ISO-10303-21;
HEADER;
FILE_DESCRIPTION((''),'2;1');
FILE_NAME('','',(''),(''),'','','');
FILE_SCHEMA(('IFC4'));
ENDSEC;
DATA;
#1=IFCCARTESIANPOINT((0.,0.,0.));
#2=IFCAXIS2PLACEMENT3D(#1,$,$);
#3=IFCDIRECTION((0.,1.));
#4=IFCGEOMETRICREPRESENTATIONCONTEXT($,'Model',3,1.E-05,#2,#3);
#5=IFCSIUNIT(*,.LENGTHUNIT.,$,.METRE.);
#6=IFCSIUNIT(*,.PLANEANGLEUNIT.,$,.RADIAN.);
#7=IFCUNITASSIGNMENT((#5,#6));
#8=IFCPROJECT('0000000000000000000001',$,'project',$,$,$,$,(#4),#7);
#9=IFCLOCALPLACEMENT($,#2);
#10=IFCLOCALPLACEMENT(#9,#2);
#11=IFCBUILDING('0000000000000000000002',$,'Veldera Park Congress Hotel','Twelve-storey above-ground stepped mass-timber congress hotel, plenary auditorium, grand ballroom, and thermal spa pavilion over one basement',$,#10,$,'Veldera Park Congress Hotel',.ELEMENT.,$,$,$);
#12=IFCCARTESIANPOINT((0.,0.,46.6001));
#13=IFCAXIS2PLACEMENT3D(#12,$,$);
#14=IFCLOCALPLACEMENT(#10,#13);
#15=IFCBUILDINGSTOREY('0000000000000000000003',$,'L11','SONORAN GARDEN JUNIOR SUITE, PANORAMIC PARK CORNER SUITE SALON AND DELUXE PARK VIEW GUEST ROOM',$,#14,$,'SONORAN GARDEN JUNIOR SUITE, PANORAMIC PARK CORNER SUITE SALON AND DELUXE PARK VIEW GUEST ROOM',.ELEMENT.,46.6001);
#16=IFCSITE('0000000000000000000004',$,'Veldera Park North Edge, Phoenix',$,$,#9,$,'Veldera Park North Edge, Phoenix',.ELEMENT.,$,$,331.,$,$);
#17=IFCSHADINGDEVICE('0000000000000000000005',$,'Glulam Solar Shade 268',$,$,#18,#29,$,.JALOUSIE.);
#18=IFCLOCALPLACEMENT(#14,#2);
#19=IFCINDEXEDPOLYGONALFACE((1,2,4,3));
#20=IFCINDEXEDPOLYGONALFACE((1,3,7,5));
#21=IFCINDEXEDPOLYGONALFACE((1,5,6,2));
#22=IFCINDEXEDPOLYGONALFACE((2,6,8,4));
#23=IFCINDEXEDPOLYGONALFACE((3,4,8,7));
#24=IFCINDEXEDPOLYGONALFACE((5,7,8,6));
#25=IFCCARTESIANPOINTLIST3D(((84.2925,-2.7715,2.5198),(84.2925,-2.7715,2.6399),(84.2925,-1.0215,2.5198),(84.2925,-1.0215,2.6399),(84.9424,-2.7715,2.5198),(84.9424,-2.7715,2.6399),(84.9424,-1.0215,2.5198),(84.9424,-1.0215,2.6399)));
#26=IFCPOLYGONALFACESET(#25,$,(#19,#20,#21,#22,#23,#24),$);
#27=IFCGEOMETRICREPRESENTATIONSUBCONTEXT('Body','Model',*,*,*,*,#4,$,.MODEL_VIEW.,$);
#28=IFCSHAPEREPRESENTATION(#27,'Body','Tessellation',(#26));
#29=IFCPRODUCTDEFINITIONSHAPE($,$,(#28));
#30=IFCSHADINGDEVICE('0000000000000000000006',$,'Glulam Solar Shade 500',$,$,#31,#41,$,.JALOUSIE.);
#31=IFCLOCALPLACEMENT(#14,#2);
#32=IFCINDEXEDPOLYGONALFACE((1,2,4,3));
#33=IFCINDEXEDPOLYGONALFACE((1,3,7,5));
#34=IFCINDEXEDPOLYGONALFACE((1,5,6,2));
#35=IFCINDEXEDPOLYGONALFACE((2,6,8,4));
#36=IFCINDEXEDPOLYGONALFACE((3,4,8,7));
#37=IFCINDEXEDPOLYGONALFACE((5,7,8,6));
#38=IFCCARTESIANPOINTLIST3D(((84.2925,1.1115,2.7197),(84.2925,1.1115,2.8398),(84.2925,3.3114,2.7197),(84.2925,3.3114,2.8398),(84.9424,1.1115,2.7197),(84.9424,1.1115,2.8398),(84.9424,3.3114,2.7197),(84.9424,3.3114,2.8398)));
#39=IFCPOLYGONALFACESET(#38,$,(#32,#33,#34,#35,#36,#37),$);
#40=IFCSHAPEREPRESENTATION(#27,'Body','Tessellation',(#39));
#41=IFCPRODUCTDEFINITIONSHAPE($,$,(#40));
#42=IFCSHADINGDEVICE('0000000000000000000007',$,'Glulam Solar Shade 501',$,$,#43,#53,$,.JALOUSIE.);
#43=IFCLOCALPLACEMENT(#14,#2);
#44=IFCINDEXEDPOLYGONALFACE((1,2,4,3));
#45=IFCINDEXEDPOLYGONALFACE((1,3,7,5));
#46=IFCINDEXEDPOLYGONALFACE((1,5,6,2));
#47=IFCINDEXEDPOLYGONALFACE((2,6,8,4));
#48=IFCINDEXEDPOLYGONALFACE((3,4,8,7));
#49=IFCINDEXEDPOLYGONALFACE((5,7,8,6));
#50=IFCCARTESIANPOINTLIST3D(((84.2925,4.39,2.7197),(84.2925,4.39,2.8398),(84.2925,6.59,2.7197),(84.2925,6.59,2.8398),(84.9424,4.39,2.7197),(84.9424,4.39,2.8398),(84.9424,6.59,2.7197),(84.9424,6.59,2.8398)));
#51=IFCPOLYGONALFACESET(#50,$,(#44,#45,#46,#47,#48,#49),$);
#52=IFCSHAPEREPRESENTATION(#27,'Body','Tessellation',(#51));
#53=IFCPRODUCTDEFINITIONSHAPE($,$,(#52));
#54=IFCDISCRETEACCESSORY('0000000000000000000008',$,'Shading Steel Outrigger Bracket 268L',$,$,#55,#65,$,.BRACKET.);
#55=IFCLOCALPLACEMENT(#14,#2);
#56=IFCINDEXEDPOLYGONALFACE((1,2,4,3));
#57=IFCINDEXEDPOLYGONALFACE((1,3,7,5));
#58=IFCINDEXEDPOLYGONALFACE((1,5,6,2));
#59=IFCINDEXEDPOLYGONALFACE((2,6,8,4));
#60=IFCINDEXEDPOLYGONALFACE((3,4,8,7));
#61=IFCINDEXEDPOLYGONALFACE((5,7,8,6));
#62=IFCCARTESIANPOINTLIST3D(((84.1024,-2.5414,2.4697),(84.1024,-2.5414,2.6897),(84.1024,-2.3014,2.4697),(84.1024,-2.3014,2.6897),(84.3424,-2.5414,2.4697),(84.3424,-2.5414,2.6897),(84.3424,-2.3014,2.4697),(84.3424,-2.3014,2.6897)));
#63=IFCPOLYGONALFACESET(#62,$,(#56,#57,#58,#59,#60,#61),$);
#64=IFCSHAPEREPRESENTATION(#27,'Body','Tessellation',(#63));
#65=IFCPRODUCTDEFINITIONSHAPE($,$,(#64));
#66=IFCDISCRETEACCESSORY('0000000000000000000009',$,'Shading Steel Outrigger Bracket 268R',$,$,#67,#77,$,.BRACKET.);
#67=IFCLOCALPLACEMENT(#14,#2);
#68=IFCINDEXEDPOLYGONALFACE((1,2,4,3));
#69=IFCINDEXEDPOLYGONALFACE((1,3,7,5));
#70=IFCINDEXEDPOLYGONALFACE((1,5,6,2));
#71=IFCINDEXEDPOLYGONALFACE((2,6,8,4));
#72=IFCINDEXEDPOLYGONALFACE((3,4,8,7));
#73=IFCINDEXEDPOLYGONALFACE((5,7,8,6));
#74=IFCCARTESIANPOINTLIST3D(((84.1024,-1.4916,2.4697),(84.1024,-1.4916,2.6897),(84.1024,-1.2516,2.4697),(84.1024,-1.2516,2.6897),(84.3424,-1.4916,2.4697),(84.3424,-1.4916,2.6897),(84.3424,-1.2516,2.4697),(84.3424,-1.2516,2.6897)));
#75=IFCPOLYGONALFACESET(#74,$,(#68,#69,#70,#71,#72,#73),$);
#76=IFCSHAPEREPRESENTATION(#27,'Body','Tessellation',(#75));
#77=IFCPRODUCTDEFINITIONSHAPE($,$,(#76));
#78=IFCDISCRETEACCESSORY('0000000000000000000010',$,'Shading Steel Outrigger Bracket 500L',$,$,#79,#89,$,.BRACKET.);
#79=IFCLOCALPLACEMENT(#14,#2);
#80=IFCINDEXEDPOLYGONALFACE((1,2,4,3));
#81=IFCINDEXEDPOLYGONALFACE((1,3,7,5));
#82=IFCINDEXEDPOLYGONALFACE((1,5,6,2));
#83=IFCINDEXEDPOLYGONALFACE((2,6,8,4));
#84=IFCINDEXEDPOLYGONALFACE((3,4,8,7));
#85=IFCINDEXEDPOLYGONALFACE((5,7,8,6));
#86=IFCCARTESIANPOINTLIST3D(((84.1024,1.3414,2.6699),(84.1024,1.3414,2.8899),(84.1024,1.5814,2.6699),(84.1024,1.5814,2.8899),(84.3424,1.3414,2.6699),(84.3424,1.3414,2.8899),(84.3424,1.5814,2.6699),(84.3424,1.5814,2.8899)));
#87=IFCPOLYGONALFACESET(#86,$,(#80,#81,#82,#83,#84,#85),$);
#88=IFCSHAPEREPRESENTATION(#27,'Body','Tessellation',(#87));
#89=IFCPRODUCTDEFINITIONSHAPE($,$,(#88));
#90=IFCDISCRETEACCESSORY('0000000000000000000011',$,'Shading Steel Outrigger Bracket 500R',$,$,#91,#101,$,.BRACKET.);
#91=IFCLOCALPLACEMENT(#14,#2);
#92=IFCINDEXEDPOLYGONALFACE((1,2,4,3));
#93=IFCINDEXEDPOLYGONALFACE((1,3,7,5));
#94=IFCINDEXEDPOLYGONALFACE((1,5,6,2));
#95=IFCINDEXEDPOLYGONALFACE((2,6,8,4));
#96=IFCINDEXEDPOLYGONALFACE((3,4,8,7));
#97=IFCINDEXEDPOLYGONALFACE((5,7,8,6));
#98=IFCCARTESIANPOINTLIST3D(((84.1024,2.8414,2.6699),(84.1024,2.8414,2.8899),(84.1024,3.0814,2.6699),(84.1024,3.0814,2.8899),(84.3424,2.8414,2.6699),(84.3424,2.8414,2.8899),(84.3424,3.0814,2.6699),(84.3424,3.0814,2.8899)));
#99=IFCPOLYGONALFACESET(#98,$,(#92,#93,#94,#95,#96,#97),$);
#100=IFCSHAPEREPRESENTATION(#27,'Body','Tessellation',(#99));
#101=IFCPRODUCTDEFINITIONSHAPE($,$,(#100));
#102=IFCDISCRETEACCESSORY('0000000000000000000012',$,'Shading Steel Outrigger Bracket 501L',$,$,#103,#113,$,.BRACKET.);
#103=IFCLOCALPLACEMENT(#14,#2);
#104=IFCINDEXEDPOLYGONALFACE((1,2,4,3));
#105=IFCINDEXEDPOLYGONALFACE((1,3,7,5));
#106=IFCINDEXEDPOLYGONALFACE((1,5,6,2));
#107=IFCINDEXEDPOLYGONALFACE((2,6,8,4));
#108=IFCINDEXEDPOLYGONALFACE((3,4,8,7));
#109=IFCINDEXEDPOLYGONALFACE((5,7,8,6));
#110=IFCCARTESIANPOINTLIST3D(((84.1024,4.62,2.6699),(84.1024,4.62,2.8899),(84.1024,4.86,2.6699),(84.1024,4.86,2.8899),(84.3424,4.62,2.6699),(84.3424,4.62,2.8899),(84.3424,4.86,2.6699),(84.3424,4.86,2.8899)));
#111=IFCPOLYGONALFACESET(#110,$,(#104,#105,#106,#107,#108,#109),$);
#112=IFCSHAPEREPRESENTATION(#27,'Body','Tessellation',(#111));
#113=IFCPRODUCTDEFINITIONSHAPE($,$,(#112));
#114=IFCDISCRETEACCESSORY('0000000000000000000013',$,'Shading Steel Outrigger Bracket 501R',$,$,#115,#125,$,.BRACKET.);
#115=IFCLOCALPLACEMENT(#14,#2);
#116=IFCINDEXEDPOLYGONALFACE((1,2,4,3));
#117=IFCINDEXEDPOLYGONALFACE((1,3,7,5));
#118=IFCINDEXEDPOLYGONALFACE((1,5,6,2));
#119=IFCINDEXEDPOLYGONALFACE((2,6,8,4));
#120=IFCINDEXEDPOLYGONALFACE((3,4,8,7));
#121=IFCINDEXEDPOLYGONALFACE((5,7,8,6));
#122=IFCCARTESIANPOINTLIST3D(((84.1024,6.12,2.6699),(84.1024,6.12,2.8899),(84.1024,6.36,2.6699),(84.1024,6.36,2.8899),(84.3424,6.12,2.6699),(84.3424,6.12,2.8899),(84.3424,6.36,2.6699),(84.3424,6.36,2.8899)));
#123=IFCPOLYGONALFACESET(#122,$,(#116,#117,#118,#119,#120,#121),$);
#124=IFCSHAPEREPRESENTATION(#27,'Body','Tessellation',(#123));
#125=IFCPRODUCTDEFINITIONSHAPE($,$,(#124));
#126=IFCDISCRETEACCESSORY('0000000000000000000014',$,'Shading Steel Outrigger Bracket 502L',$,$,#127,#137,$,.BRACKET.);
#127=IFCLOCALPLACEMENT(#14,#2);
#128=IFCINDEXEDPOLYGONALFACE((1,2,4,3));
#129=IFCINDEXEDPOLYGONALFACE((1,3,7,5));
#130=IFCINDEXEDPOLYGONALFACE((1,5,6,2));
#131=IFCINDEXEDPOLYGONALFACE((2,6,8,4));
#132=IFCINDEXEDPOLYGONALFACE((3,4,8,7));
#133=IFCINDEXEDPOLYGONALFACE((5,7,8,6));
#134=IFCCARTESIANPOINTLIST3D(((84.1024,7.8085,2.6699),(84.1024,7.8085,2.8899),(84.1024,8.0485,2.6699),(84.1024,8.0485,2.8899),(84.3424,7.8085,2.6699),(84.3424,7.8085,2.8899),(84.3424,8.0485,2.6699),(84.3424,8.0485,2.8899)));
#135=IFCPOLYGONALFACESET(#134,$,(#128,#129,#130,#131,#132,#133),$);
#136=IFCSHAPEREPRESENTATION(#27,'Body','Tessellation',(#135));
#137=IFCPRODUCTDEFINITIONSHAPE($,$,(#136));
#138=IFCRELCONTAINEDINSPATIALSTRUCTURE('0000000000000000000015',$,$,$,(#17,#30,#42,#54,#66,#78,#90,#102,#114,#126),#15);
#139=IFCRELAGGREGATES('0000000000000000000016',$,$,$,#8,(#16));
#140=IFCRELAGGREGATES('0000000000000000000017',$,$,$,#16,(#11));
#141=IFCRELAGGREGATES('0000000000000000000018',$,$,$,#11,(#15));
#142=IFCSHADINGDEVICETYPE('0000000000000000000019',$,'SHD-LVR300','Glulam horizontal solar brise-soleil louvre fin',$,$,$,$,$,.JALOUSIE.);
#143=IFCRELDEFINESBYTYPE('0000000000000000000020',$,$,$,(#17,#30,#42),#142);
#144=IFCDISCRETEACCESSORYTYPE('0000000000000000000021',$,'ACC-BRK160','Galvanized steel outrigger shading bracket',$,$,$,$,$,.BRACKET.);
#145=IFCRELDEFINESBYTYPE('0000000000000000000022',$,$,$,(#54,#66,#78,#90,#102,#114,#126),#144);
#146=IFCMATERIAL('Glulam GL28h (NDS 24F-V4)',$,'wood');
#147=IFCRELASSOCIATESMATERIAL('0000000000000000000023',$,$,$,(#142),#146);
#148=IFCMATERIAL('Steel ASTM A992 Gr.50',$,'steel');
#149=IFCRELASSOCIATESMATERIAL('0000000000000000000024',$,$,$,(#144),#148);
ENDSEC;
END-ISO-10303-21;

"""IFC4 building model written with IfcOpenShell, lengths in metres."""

from ifc_helpers import new_model, si_unit, direction, frame, origin, origin_2d, place, context, subcontext, project, spatial, rectangle, extrude, material, type_object, element, save


model = new_model("IFC4")

# Units and contexts
model_context = context("Model", 3, precision=1e-05, world=origin(), true_north=direction((0.0, 1.0)))
body_context = subcontext(model_context, "Body", "Model", "MODEL_VIEW")
ifc_project = project(units=[si_unit("LENGTHUNIT", "METRE"), si_unit("PLANEANGLEUNIT", "RADIAN")], contexts=[model_context])

# Site, building, storey
site_placement = place(None, origin())
site = spatial("IfcSite", under=ifc_project, at=site_placement, Name="Veldera Park North Edge, Phoenix", LongName="Veldera Park North Edge, Phoenix", CompositionType="ELEMENT", RefElevation=331.0)
building_placement = place(site_placement, origin())
building = spatial("IfcBuilding", under=site, at=building_placement, Name="Veldera Park Congress Hotel", Description="Twelve-storey above-ground stepped mass-timber congress hotel, plenary auditorium, grand ballroom, and thermal spa pavilion over one basement", LongName="Veldera Park Congress Hotel", CompositionType="ELEMENT")
storey_placement = place(building_placement, frame((0.0, 0.0, 46.6001)))
storey = spatial("IfcBuildingStorey", under=building, at=storey_placement, Name="L11", Description="SONORAN GARDEN JUNIOR SUITE, PANORAMIC PARK CORNER SUITE SALON AND DELUXE PARK VIEW GUEST ROOM", LongName="SONORAN GARDEN JUNIOR SUITE, PANORAMIC PARK CORNER SUITE SALON AND DELUXE PARK VIEW GUEST ROOM", CompositionType="ELEMENT", Elevation=46.6001)

# Shared definitions
ifc_material_1 = material(Name="Glulam GL28h (NDS 24F-V4)", Category="wood")

# Shading devices
shading_device_type = type_object("IfcShadingDeviceType", Name="SHD-LVR300", Description="Glulam horizontal solar brise-soleil louvre fin", PredefinedType="JALOUSIE", material=ifc_material_1)
shading_device_placement = place(storey_placement, frame((84.6174, -1.8965, 2.5198), z_axis=(0.0, 0.0, 1.0), x_axis=(0.0, 1.0, 0.0)))
element("IfcShadingDevice", 1, at=shading_device_placement, inside=storey, type_object=shading_device_type, Name="Glulam Solar Shade 268", PredefinedType="JALOUSIE", context=body_context, shape_type="SweptSolid", body=[
    extrude(rectangle(XDim=1.75, YDim=0.6499, at=origin_2d()), origin(), (0.0, 0.0, 1.0), 0.1201),
])
for number, where, z_axis, x_axis, name in (
    (2, (84.6174, 2.2114, 2.7197), (0.0, 0.0, 1.0), (0.0, 1.0, 0.0), "Glulam Solar Shade 500"),
    (3, (84.6174, 5.49, 2.7197), (0.0, 0.0, 1.0), (0.0, 1.0, 0.0), "Glulam Solar Shade 501"),
):
    element("IfcShadingDevice", number, at=place(storey_placement, frame(where, z_axis=z_axis, x_axis=x_axis)), inside=storey, type_object=shading_device_type, Name=name, PredefinedType="JALOUSIE", context=body_context, shape_type="SweptSolid", body=[
        extrude(rectangle(XDim=2.2, YDim=0.6499, at=origin_2d()), origin(), (0.0, 0.0, 1.0), 0.1201),
    ])

# Discrete accessories
ifc_material_2 = material(Name="Steel ASTM A992 Gr.50", Category="steel")
discrete_accessory_type = type_object("IfcDiscreteAccessoryType", Name="ACC-BRK160", Description="Galvanized steel outrigger shading bracket", PredefinedType="BRACKET", material=ifc_material_2)
for number, where, z_axis, x_axis, name in (
    (4, (84.2224, -2.4214, 2.4697), (0.0, 0.0, 1.0), (0.0, 1.0, 0.0), "Shading Steel Outrigger Bracket 268L"),
    (5, (84.2224, -1.3716, 2.4697), (0.0, 0.0, 1.0), (0.0, 1.0, 0.0), "Shading Steel Outrigger Bracket 268R"),
    (6, (84.2224, 1.4614, 2.6699), (0.0, 0.0, 1.0), (0.0, 1.0, 0.0), "Shading Steel Outrigger Bracket 500L"),
    (7, (84.2224, 2.9614, 2.6699), (0.0, 0.0, 1.0), (0.0, 1.0, 0.0), "Shading Steel Outrigger Bracket 500R"),
    (8, (84.2224, 4.74, 2.6699), (0.0, 0.0, 1.0), (0.0, 1.0, 0.0), "Shading Steel Outrigger Bracket 501L"),
    (9, (84.2224, 6.24, 2.6699), (0.0, 0.0, 1.0), (0.0, 1.0, 0.0), "Shading Steel Outrigger Bracket 501R"),
    (10, (84.2224, 7.9285, 2.6699), (0.0, 0.0, 1.0), (0.0, 1.0, 0.0), "Shading Steel Outrigger Bracket 502L"),
):
    element("IfcDiscreteAccessory", number, at=place(storey_placement, frame(where, z_axis=z_axis, x_axis=x_axis)), inside=storey, type_object=discrete_accessory_type, Name=name, PredefinedType="BRACKET", context=body_context, shape_type="SweptSolid", body=[
        extrude(rectangle(XDim=0.24, YDim=0.24, at=origin_2d()), origin(), (0.0, 0.0, 1.0), 0.22),
    ])

save(model, "model.ifc")
